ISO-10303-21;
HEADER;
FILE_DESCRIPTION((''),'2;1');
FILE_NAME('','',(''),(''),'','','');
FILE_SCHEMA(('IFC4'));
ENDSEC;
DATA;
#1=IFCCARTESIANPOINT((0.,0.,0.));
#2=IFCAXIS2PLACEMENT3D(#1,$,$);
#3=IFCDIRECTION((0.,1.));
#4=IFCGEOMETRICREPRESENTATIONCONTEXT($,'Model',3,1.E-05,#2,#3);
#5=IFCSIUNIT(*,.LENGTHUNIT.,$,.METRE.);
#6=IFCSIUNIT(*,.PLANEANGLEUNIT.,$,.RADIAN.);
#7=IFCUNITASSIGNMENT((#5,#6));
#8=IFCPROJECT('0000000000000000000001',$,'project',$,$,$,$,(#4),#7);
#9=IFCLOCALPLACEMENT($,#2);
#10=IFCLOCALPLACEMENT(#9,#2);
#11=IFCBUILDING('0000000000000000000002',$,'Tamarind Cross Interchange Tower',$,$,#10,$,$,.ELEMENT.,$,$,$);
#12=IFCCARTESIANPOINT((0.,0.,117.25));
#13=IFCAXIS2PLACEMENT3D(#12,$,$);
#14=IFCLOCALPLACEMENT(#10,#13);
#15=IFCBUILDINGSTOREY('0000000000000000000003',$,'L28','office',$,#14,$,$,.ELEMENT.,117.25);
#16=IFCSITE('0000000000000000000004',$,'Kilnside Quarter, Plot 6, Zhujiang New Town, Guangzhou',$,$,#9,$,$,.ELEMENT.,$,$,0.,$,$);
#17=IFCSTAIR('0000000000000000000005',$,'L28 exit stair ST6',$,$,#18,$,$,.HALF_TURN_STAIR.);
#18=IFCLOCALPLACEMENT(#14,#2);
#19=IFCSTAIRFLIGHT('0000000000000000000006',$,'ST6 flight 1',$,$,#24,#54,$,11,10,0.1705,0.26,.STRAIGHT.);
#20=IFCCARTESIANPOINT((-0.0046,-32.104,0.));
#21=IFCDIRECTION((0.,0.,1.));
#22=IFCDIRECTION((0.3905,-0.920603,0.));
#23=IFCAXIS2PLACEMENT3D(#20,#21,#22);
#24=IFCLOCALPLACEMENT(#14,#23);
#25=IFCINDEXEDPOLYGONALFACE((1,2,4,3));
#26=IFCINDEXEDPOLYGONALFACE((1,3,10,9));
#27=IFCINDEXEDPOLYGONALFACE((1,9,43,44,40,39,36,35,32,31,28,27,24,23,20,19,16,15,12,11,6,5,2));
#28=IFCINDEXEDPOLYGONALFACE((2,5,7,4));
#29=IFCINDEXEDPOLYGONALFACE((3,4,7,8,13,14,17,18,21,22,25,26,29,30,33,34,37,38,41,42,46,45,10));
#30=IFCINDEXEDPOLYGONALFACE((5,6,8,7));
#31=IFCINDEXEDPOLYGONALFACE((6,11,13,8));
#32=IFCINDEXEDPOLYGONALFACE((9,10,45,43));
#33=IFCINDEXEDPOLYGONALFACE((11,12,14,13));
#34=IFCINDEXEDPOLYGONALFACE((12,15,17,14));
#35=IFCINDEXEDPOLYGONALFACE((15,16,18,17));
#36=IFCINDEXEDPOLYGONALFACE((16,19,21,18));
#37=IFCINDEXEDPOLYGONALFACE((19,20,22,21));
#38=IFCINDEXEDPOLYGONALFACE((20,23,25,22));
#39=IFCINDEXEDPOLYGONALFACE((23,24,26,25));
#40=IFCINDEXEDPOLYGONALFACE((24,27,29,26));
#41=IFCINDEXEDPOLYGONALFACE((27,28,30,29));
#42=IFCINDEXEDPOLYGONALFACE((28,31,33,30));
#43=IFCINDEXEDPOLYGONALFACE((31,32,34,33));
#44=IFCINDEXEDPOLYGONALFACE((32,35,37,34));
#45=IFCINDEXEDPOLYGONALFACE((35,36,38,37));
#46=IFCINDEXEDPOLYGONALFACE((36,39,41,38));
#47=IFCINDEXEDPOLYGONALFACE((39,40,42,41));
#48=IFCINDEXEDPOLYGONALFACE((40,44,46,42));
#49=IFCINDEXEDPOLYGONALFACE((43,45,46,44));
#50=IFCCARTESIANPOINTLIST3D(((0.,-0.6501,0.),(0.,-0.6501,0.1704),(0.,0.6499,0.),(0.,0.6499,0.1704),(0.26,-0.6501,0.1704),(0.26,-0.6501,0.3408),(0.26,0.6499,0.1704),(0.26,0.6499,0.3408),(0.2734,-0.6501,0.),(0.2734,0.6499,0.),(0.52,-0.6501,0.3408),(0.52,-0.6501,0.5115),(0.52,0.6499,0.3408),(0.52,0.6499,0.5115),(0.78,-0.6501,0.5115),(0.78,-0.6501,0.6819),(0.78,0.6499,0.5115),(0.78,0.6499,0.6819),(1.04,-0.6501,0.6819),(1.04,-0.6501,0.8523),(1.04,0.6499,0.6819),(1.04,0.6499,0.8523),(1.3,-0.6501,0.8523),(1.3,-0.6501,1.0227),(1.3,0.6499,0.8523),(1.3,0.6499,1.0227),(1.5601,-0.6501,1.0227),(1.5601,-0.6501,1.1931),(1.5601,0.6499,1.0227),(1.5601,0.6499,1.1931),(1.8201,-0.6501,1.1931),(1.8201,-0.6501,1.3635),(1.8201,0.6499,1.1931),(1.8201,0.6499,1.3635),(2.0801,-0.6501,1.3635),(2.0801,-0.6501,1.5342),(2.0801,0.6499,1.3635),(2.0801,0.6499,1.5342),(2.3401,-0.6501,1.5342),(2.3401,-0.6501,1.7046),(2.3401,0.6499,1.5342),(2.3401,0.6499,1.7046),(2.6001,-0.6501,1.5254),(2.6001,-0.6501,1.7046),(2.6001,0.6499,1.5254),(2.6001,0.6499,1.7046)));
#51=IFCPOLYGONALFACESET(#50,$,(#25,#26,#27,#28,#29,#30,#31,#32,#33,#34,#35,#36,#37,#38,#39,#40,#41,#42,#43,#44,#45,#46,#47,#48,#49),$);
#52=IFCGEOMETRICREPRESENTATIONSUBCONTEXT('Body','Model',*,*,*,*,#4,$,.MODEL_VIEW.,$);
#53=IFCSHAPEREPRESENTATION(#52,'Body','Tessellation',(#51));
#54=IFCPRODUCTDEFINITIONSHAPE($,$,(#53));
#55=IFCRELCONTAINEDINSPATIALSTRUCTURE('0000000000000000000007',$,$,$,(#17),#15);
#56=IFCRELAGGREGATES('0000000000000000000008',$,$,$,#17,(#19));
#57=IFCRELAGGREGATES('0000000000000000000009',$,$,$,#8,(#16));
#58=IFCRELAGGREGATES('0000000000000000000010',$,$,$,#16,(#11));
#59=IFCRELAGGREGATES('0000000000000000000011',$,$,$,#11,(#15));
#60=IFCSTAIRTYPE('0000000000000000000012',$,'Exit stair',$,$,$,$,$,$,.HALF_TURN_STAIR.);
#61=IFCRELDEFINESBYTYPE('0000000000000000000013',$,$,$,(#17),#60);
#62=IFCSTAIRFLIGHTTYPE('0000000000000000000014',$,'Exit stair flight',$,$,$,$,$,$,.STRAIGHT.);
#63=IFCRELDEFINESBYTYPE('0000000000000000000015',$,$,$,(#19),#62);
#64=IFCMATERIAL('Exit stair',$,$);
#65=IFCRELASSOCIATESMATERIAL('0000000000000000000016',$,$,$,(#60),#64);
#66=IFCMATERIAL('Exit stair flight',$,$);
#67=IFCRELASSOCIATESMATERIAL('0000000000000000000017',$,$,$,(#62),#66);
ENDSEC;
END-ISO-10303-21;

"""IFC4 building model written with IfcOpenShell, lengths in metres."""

from ifc_helpers import new_model, si_unit, direction, frame, origin, place, context, subcontext, project, spatial, polyline, outline, extrude, material, type_object, element, aggregate, save


model = new_model("IFC4")

# Units and contexts
model_context = context("Model", 3, precision=1e-05, world=origin(), true_north=direction((0.0, 1.0)))
body_context = subcontext(model_context, "Body", "Model", "MODEL_VIEW")
ifc_project = project(units=[si_unit("LENGTHUNIT", "METRE"), si_unit("PLANEANGLEUNIT", "RADIAN")], contexts=[model_context])

# Site, building, storey
site_placement = place(None, origin())
site = spatial("IfcSite", under=ifc_project, at=site_placement, Name="Kilnside Quarter, Plot 6, Zhujiang New Town, Guangzhou", CompositionType="ELEMENT", RefElevation=0.0)
building_placement = place(site_placement, origin())
building = spatial("IfcBuilding", under=site, at=building_placement, Name="Tamarind Cross Interchange Tower", CompositionType="ELEMENT")
storey_placement = place(building_placement, frame((0.0, 0.0, 117.25)))
storey = spatial("IfcBuildingStorey", under=building, at=storey_placement, Name="L28", Description="office", CompositionType="ELEMENT", Elevation=117.25)

# Stair, stair flight
ifc_material_1 = material(Name="Exit stair")
stair_type = type_object("IfcStairType", Name="Exit stair", PredefinedType="HALF_TURN_STAIR", material=ifc_material_1)
stair_placement = place(storey_placement, origin())
stair = element("IfcStair", 1, at=stair_placement, inside=storey, type_object=stair_type, Name="L28 exit stair ST6", PredefinedType="HALF_TURN_STAIR")
ifc_material_2 = material(Name="Exit stair flight")
stair_flight_type = type_object("IfcStairFlightType", Name="Exit stair flight", PredefinedType="STRAIGHT", material=ifc_material_2)
stair_flight_placement = place(storey_placement, frame((-0.0046, -32.104, 0.0), z_axis=(0.0, 0.0, 1.0), x_axis=(0.3905, -0.920603, 0.0)))
stair_flight = element("IfcStairFlight", 2, at=stair_flight_placement, type_object=stair_flight_type, Name="ST6 flight 1", NumberOfRisers=11, NumberOfTreads=10, PredefinedType="STRAIGHT", RiserHeight=0.1705, TreadLength=0.26, context=body_context, shape_type="SweptSolid", body=[
    extrude(outline(polyline([(0.0, 0.0), (0.0, 0.1704), (0.26, 0.1704), (0.26, 0.3408), (0.52, 0.3408), (0.52, 0.5115), (0.78, 0.5115), (0.78, 0.6819), (1.04, 0.6819), (1.04, 0.8523), (1.3, 0.8523), (1.3, 1.0227), (1.5601, 1.0227), (1.5601, 1.1931), (1.8201, 1.1931), (1.8201, 1.3635), (2.0801, 1.3635), (2.0801, 1.5342), (2.3401, 1.5342), (2.3401, 1.7046), (2.6001, 1.7046), (2.6001, 1.875), (2.6001, 1.5254), (0.2734, 0.0), (0.0, 0.0)])), frame((0.0, 0.6499, 0.0), z_axis=(0.0, -1.0, 0.0), x_axis=(1.0, 0.0, 0.0)), (0.0, 0.0, 1.0), 1.3),
])
aggregate(stair, [stair_flight])

save(model, "model.ifc")
